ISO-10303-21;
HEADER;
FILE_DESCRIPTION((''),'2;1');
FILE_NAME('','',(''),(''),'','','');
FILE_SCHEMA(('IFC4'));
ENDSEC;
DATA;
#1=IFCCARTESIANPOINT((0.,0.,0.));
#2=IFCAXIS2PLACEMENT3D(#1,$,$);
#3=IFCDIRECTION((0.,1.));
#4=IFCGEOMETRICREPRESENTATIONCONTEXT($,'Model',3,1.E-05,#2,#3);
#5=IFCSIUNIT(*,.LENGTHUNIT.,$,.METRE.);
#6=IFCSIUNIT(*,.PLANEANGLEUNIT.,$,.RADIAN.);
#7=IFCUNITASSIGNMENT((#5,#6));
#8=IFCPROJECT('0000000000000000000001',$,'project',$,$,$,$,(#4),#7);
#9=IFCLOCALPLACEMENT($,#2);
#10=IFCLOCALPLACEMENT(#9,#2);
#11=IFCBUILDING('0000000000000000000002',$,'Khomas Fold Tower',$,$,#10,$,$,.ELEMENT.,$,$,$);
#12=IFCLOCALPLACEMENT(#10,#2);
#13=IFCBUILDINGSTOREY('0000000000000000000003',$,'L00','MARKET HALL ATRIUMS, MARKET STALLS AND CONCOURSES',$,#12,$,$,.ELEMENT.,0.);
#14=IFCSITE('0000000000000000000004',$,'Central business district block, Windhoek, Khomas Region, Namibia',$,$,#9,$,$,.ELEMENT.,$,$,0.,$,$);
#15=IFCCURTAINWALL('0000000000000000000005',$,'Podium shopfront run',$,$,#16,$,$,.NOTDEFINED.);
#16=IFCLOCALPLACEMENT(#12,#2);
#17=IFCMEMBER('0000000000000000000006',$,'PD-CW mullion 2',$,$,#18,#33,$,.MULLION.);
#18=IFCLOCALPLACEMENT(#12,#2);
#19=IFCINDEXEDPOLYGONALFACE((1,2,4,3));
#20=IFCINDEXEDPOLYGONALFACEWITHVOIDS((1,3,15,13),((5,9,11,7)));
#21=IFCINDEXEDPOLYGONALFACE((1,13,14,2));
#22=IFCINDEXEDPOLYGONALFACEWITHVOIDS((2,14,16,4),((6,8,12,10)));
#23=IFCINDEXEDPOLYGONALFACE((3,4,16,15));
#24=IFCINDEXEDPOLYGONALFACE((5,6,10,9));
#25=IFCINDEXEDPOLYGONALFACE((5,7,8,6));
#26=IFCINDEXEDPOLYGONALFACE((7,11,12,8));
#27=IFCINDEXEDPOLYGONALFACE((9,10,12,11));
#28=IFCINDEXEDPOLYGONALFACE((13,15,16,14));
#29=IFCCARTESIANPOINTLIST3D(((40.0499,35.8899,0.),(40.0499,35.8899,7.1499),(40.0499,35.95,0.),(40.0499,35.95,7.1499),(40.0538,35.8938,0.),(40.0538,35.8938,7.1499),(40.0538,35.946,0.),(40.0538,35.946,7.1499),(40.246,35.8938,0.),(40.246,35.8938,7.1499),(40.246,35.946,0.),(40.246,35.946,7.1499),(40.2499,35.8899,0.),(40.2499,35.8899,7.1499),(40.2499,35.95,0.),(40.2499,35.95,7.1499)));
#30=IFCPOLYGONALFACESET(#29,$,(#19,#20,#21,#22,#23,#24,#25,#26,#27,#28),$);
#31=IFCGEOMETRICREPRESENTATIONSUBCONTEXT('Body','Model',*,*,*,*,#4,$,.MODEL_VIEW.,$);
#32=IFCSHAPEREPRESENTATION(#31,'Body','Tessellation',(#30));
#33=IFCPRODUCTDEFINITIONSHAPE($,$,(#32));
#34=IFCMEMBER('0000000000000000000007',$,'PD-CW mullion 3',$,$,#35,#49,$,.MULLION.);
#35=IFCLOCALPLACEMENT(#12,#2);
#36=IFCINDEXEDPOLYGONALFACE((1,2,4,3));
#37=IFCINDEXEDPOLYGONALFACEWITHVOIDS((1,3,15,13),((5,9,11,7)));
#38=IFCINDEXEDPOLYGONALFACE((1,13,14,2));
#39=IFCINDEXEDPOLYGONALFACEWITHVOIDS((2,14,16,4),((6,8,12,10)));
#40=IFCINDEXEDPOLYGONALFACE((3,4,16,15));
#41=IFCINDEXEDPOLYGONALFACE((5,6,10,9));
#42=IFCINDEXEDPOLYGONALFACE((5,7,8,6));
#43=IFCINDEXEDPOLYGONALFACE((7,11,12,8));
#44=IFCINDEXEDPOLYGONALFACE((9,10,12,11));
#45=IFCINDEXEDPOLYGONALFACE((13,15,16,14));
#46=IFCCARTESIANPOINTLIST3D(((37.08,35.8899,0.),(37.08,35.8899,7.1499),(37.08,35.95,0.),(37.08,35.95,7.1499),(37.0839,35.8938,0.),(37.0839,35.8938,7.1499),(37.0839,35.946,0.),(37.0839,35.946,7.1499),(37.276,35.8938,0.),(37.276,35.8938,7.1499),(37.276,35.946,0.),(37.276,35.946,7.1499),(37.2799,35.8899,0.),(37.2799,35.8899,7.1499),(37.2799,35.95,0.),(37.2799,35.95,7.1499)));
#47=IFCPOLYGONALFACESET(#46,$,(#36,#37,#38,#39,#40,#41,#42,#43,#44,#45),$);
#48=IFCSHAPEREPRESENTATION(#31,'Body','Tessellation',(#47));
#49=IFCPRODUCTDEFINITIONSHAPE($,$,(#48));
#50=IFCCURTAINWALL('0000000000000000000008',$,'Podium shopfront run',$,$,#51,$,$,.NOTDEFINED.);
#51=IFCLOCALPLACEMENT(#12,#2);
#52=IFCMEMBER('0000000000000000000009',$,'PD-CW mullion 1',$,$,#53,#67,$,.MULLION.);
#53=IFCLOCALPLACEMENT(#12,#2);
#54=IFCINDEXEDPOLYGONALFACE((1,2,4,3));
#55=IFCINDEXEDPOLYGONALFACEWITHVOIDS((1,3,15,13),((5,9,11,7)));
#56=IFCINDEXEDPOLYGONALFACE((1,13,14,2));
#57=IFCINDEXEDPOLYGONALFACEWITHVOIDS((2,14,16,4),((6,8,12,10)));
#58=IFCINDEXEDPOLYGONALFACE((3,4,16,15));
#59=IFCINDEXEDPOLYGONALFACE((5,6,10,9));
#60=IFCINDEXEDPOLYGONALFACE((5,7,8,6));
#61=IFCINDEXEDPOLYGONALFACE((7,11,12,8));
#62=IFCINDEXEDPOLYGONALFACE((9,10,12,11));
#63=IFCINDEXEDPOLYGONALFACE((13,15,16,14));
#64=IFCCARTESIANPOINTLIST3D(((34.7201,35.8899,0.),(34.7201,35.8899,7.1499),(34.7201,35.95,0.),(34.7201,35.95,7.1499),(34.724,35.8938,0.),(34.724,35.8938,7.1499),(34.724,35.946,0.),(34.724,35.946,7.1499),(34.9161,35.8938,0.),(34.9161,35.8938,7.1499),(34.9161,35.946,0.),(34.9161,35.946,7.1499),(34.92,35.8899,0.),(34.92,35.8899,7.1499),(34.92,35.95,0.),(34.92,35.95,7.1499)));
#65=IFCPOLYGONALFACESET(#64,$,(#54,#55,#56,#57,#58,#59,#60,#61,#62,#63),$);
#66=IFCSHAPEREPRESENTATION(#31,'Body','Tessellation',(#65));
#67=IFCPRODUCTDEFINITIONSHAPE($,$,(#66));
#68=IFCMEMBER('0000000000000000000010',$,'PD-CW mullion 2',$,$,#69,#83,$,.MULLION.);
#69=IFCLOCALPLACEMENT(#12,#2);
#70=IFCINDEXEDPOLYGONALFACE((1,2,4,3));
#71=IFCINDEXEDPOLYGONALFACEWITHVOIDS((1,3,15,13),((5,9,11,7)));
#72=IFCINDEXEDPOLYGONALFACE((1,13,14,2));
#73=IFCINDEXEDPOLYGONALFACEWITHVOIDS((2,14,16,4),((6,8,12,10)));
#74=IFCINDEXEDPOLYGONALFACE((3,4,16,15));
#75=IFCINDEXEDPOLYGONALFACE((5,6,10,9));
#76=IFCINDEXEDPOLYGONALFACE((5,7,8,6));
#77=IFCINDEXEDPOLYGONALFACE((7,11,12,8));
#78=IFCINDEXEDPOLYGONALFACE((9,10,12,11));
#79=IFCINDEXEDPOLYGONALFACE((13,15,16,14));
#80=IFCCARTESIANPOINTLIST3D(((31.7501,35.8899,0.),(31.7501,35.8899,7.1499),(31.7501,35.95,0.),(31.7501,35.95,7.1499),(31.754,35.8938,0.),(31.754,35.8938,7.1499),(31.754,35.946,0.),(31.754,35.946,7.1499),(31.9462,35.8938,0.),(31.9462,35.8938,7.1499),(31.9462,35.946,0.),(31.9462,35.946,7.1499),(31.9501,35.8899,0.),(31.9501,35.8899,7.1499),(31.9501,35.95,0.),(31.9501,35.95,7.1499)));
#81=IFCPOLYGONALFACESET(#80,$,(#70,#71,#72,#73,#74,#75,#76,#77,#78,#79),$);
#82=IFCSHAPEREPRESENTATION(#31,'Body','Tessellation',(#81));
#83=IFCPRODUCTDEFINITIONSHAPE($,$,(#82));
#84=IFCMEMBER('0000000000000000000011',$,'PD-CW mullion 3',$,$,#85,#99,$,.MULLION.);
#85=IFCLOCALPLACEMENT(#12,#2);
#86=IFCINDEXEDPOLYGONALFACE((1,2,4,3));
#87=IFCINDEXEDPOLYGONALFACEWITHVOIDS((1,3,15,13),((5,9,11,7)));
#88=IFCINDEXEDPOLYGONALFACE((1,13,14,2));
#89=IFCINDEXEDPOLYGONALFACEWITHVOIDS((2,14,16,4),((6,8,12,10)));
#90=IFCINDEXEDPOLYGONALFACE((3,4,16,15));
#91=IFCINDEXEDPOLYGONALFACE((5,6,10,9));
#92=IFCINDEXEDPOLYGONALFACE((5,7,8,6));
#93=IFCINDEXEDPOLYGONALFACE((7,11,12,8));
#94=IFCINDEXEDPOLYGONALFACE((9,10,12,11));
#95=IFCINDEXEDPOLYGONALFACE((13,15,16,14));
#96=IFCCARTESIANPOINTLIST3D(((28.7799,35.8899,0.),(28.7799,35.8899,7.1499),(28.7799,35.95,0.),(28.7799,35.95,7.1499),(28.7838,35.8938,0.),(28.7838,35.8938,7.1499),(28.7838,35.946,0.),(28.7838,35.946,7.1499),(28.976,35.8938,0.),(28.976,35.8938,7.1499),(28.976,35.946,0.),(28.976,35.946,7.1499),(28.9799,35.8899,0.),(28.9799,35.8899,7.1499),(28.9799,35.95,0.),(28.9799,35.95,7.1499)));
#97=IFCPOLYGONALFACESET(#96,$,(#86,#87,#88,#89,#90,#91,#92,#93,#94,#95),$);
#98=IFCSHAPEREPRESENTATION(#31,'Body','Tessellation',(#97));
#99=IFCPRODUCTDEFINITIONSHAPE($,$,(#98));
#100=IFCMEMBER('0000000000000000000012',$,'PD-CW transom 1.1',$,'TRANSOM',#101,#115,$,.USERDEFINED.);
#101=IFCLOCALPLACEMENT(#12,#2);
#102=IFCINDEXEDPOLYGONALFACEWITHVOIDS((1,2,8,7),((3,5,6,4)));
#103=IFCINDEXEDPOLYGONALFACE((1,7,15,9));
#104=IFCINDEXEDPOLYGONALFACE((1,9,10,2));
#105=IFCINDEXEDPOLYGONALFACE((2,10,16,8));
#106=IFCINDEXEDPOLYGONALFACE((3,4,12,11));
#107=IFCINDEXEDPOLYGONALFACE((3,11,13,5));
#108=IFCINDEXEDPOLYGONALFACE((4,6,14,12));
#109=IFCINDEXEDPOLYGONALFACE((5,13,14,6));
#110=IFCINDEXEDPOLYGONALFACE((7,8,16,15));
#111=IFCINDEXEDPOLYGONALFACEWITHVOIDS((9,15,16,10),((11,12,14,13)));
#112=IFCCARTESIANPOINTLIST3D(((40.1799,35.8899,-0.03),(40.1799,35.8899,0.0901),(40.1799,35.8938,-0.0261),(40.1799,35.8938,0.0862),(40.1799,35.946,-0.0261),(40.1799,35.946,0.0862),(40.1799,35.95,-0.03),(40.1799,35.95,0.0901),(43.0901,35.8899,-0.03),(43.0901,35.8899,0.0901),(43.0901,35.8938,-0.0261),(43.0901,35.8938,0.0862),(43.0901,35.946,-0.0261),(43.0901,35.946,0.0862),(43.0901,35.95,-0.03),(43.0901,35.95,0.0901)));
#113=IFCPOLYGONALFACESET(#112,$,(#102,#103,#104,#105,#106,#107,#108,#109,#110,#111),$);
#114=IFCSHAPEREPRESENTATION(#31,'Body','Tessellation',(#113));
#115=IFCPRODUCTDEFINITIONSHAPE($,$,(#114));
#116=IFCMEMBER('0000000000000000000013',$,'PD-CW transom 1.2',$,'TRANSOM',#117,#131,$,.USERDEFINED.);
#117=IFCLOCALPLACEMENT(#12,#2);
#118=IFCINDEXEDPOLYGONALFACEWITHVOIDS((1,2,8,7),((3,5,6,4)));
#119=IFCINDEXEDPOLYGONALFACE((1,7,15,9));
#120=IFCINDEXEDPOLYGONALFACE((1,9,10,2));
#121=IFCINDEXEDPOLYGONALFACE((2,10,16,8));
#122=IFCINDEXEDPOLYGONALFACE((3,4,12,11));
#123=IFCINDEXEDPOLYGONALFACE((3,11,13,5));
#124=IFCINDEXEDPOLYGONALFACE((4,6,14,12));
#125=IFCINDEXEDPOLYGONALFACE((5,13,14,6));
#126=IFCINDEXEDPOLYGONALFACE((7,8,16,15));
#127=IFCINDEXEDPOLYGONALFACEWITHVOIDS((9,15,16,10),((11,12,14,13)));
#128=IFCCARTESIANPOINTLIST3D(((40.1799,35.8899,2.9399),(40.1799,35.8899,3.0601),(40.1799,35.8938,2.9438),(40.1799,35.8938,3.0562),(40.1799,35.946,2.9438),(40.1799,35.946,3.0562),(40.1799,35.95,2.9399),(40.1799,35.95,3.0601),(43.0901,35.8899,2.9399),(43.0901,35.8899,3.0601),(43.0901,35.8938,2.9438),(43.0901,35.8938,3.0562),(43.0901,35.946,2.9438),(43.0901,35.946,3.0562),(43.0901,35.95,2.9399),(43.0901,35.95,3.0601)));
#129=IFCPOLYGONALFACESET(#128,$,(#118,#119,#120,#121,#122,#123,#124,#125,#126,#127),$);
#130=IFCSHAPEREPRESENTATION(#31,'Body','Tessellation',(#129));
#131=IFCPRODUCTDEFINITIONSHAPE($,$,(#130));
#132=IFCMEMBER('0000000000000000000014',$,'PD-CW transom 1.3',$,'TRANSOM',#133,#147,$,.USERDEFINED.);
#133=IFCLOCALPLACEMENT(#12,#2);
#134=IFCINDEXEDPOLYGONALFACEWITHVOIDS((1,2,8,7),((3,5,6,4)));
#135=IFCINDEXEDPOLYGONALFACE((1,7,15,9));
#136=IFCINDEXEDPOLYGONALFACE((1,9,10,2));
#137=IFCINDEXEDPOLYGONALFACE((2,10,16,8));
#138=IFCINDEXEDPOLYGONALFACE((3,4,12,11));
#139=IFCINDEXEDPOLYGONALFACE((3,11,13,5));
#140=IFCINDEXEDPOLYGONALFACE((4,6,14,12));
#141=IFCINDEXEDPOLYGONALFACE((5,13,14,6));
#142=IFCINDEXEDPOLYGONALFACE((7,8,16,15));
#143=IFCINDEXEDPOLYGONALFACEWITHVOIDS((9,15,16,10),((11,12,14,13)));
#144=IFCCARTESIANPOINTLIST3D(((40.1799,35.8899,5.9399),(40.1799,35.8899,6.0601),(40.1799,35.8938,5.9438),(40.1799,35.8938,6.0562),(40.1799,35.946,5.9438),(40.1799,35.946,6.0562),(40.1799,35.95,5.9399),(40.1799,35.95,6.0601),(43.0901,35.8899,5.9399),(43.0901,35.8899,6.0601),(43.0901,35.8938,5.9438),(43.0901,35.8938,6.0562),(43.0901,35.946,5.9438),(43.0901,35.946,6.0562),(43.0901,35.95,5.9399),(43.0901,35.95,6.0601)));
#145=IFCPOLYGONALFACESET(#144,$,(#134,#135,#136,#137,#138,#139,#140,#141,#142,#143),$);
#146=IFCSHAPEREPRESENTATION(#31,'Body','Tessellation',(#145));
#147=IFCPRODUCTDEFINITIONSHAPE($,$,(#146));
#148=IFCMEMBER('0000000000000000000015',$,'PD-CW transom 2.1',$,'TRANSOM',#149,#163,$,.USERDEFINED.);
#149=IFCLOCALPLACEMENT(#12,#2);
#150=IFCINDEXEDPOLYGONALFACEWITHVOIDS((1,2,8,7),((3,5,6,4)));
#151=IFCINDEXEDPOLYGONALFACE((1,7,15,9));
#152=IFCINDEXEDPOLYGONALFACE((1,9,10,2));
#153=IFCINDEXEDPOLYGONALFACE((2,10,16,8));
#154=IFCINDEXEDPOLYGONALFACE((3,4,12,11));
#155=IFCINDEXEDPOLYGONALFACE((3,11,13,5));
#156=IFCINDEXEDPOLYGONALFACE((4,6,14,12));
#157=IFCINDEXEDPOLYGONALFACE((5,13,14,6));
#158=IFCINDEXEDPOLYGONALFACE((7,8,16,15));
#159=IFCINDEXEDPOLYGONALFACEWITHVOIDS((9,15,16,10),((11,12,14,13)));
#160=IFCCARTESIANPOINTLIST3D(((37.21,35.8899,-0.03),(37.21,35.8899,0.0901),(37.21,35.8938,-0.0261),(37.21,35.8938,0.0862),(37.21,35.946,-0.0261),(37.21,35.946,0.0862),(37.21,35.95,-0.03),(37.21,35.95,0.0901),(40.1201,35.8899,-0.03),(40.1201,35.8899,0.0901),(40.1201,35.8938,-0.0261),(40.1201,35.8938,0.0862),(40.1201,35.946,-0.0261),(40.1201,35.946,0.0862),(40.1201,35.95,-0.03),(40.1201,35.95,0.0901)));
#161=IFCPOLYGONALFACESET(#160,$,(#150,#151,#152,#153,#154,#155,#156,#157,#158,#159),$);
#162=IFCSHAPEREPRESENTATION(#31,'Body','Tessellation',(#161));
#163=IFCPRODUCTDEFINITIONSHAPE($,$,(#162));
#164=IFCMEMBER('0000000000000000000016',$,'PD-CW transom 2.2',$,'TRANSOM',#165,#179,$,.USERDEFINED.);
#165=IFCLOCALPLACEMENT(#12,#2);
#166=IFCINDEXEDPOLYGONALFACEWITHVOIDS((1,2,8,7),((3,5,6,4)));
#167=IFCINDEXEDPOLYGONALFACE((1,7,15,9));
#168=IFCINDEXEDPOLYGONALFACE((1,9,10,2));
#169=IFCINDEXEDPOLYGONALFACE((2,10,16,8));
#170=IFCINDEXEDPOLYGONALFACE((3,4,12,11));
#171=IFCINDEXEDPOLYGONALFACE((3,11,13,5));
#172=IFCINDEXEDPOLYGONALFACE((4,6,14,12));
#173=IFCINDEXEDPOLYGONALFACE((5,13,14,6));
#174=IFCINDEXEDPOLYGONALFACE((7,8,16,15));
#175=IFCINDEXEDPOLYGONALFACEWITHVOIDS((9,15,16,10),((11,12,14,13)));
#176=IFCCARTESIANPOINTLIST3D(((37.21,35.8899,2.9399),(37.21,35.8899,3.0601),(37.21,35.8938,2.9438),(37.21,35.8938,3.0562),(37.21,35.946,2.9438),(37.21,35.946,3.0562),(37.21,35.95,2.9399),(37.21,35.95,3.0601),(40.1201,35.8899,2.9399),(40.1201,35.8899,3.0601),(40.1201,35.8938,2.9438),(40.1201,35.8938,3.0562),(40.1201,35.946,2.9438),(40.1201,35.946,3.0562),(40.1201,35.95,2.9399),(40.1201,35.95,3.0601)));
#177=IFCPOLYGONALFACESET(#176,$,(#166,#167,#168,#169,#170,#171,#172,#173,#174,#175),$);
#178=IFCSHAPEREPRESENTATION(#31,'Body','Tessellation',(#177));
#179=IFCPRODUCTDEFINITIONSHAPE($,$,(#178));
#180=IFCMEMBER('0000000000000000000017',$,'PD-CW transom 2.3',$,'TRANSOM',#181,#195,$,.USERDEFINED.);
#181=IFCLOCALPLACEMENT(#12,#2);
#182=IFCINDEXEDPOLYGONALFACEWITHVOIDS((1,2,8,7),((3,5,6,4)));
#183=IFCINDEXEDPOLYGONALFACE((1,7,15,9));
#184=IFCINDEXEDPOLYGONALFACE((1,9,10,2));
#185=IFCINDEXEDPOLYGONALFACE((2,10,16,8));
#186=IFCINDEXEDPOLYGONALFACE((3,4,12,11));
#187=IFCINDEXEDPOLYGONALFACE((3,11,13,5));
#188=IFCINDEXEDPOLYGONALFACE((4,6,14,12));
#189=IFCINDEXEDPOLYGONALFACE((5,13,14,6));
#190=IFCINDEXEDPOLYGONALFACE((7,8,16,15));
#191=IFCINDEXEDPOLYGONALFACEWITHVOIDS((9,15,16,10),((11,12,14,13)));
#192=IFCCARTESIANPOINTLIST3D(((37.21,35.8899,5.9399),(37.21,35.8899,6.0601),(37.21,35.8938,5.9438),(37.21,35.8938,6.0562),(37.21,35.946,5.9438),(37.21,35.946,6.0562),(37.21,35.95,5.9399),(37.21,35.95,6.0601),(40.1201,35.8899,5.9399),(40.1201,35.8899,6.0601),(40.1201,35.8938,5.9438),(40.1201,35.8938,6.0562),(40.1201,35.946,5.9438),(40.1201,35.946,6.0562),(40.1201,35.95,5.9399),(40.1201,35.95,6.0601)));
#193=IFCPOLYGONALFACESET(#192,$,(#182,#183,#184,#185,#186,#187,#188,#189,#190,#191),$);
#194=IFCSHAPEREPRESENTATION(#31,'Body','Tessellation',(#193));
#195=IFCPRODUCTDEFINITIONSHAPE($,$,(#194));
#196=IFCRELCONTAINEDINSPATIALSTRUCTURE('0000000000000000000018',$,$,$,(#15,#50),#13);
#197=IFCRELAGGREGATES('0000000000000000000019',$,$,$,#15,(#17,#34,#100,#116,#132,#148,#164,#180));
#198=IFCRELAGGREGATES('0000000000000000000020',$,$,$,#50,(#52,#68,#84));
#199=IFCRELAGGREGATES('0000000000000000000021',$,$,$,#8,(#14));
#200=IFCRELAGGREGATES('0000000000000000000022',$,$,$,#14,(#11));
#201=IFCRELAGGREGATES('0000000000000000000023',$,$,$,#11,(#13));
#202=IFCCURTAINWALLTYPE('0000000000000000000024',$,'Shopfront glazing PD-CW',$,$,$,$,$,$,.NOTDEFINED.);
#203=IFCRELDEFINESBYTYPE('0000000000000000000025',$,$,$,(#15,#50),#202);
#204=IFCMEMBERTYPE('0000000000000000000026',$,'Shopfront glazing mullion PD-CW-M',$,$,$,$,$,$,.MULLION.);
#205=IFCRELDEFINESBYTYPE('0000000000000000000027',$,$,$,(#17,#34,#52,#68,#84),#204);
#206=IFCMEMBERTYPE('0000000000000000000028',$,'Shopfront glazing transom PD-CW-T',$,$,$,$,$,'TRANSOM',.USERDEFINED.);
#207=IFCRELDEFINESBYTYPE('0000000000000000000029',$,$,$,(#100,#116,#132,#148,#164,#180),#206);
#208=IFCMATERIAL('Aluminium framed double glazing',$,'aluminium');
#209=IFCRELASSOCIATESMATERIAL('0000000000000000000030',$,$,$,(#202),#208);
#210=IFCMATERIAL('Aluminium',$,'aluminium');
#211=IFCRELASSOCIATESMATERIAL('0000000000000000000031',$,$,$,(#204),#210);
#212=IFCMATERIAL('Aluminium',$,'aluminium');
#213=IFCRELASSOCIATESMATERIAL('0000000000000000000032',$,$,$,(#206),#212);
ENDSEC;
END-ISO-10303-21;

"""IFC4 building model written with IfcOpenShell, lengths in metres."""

from ifc_helpers import new_model, si_unit, direction, frame, origin, origin_2d, place, context, subcontext, project, spatial, hollow_rectangle, extrude, source, transform, mapped, material, material_profile, profile_set, type_object, element, aggregate, save


model = new_model("IFC4")

# Units and contexts
model_context = context("Model", 3, precision=1e-05, world=origin(), true_north=direction((0.0, 1.0)))
body_context = subcontext(model_context, "Body", "Model", "MODEL_VIEW")
ifc_project = project(units=[si_unit("LENGTHUNIT", "METRE"), si_unit("PLANEANGLEUNIT", "RADIAN")], contexts=[model_context])

# Site, building, storey
site_placement = place(None, origin())
site = spatial("IfcSite", under=ifc_project, at=site_placement, Name="Central business district block, Windhoek, Khomas Region, Namibia", CompositionType="ELEMENT", RefElevation=0.0)
building_placement = place(site_placement, origin())
building = spatial("IfcBuilding", under=site, at=building_placement, Name="Khomas Fold Tower", CompositionType="ELEMENT")
storey_placement = place(building_placement, origin())
storey = spatial("IfcBuildingStorey", under=building, at=storey_placement, Name="L00", Description="MARKET HALL ATRIUMS, MARKET STALLS AND CONCOURSES", CompositionType="ELEMENT", Elevation=0.0)

# Curtain walls, members
ifc_material_1 = material(Name="Aluminium framed double glazing", Category="aluminium")
curtain_wall_type = type_object("IfcCurtainWallType", Name="Shopfront glazing PD-CW", PredefinedType="NOTDEFINED", material=ifc_material_1)
curtain_wall_1_placement = place(storey_placement, origin())
curtain_wall_1 = element("IfcCurtainWall", 1, at=curtain_wall_1_placement, inside=storey, type_object=curtain_wall_type, Name="Podium shopfront run", PredefinedType="NOTDEFINED")
ifc_material_2 = material(Name="Aluminium", Category="aluminium")
ifc_material_profile_1 = material_profile(ifc_material_2, hollow_rectangle(XDim=0.0601, YDim=0.2, WallThickness=0.0039, at=origin_2d()), Name="Shopfront glazing mullion PD-CW-M")
ifc_profile_set_1 = profile_set([ifc_material_profile_1], Name="Aluminium")
member_type_1 = type_object("IfcMemberType", Name="Shopfront glazing mullion PD-CW-M", PredefinedType="MULLION", material=ifc_profile_set_1)
shared_shape_1 = source(origin(), body_context, "Body", "SweptSolid", [
    extrude(hollow_rectangle(XDim=0.0601, YDim=0.2, WallThickness=0.0039, at=origin_2d()), origin(), (0.0, 0.0, 1.0), 7.1499),
])
member_1_placement = place(storey_placement, frame((40.1499, 35.9199, 0.0), z_axis=(0.0, 0.0, 1.0), x_axis=(0.0, -1.0, 0.0)))
member_1 = element("IfcMember", 2, at=member_1_placement, type_object=member_type_1, Name="PD-CW mullion 2", PredefinedType="MULLION", context=body_context, shape_type="MappedRepresentation", body=[
    mapped(shared_shape_1, transform((0.0, 0.0, 0.0))),
])
member_2_placement = place(storey_placement, frame((37.1799, 35.9199, 0.0), z_axis=(0.0, 0.0, 1.0), x_axis=(0.0, -1.0, 0.0)))
member_2 = element("IfcMember", 3, at=member_2_placement, type_object=member_type_1, Name="PD-CW mullion 3", PredefinedType="MULLION", context=body_context, shape_type="MappedRepresentation", body=[
    mapped(shared_shape_1, transform((0.0, 0.0, 0.0))),
])
curtain_wall_2_placement = place(storey_placement, origin())
curtain_wall_2 = element("IfcCurtainWall", 4, at=curtain_wall_2_placement, inside=storey, type_object=curtain_wall_type, Name="Podium shopfront run", PredefinedType="NOTDEFINED")
member_3_placement = place(storey_placement, frame((34.8201, 35.9199, 0.0), z_axis=(0.0, 0.0, 1.0), x_axis=(0.0, -1.0, 0.0)))
member_3 = element("IfcMember", 5, at=member_3_placement, type_object=member_type_1, Name="PD-CW mullion 1", PredefinedType="MULLION", context=body_context, shape_type="MappedRepresentation", body=[
    mapped(shared_shape_1, transform((0.0, 0.0, 0.0))),
])
member_4_placement = place(storey_placement, frame((31.8501, 35.9199, 0.0), z_axis=(0.0, 0.0, 1.0), x_axis=(0.0, -1.0, 0.0)))
member_4 = element("IfcMember", 6, at=member_4_placement, type_object=member_type_1, Name="PD-CW mullion 2", PredefinedType="MULLION", context=body_context, shape_type="MappedRepresentation", body=[
    mapped(shared_shape_1, transform((0.0, 0.0, 0.0))),
])
member_5_placement = place(storey_placement, frame((28.8799, 35.9199, 0.0), z_axis=(0.0, 0.0, 1.0), x_axis=(0.0, -1.0, 0.0)))
member_5 = element("IfcMember", 7, at=member_5_placement, type_object=member_type_1, Name="PD-CW mullion 3", PredefinedType="MULLION", context=body_context, shape_type="MappedRepresentation", body=[
    mapped(shared_shape_1, transform((0.0, 0.0, 0.0))),
])

# Members
ifc_material_3 = material(Name="Aluminium", Category="aluminium")
ifc_material_profile_2 = material_profile(ifc_material_3, hollow_rectangle(XDim=0.0601, YDim=0.1201, WallThickness=0.0039, at=origin_2d()), Name="Shopfront glazing transom PD-CW-T")
ifc_profile_set_2 = profile_set([ifc_material_profile_2], Name="Aluminium")
member_type_2 = type_object("IfcMemberType", Name="Shopfront glazing transom PD-CW-T", ElementType="TRANSOM", PredefinedType="USERDEFINED", material=ifc_profile_set_2)
shared_shape_2 = source(origin(), body_context, "Body", "SweptSolid", [
    extrude(hollow_rectangle(XDim=0.0601, YDim=0.1201, WallThickness=0.0039, at=origin_2d()), origin(), (0.0, 0.0, 1.0), 2.9102),
])
member_6_placement = place(storey_placement, frame((43.0901, 35.9199, 0.03), z_axis=(-1.0, 0.0, 0.0), x_axis=(0.0, -1.0, 0.0)))
member_6 = element("IfcMember", 8, at=member_6_placement, type_object=member_type_2, Name="PD-CW transom 1.1", ObjectType="TRANSOM", PredefinedType="USERDEFINED", context=body_context, shape_type="MappedRepresentation", body=[
    mapped(shared_shape_2, transform((0.0, 0.0, 0.0))),
])
member_7_placement = place(storey_placement, frame((43.0901, 35.9199, 3.0), z_axis=(-1.0, 0.0, 0.0), x_axis=(0.0, -1.0, 0.0)))
member_7 = element("IfcMember", 9, at=member_7_placement, type_object=member_type_2, Name="PD-CW transom 1.2", ObjectType="TRANSOM", PredefinedType="USERDEFINED", context=body_context, shape_type="MappedRepresentation", body=[
    mapped(shared_shape_2, transform((0.0, 0.0, 0.0))),
])
member_8_placement = place(storey_placement, frame((43.0901, 35.9199, 6.0), z_axis=(-1.0, 0.0, 0.0), x_axis=(0.0, -1.0, 0.0)))
member_8 = element("IfcMember", 10, at=member_8_placement, type_object=member_type_2, Name="PD-CW transom 1.3", ObjectType="TRANSOM", PredefinedType="USERDEFINED", context=body_context, shape_type="MappedRepresentation", body=[
    mapped(shared_shape_2, transform((0.0, 0.0, 0.0))),
])
member_9_placement = place(storey_placement, frame((40.1201, 35.9199, 0.03), z_axis=(-1.0, 0.0, 0.0), x_axis=(0.0, -1.0, 0.0)))
member_9 = element("IfcMember", 11, at=member_9_placement, type_object=member_type_2, Name="PD-CW transom 2.1", ObjectType="TRANSOM", PredefinedType="USERDEFINED", context=body_context, shape_type="MappedRepresentation", body=[
    mapped(shared_shape_2, transform((0.0, 0.0, 0.0))),
])
member_10_placement = place(storey_placement, frame((40.1201, 35.9199, 3.0), z_axis=(-1.0, 0.0, 0.0), x_axis=(0.0, -1.0, 0.0)))
member_10 = element("IfcMember", 12, at=member_10_placement, type_object=member_type_2, Name="PD-CW transom 2.2", ObjectType="TRANSOM", PredefinedType="USERDEFINED", context=body_context, shape_type="MappedRepresentation", body=[
    mapped(shared_shape_2, transform((0.0, 0.0, 0.0))),
])
member_11_placement = place(storey_placement, frame((40.1201, 35.9199, 6.0), z_axis=(-1.0, 0.0, 0.0), x_axis=(0.0, -1.0, 0.0)))
member_11 = element("IfcMember", 13, at=member_11_placement, type_object=member_type_2, Name="PD-CW transom 2.3", ObjectType="TRANSOM", PredefinedType="USERDEFINED", context=body_context, shape_type="MappedRepresentation", body=[
    mapped(shared_shape_2, transform((0.0, 0.0, 0.0))),
])

aggregate(curtain_wall_1, [member_1, member_2, member_6, member_7, member_8, member_9, member_10, member_11])
aggregate(curtain_wall_2, [member_3, member_4, member_5])

save(model, "model.ifc")
